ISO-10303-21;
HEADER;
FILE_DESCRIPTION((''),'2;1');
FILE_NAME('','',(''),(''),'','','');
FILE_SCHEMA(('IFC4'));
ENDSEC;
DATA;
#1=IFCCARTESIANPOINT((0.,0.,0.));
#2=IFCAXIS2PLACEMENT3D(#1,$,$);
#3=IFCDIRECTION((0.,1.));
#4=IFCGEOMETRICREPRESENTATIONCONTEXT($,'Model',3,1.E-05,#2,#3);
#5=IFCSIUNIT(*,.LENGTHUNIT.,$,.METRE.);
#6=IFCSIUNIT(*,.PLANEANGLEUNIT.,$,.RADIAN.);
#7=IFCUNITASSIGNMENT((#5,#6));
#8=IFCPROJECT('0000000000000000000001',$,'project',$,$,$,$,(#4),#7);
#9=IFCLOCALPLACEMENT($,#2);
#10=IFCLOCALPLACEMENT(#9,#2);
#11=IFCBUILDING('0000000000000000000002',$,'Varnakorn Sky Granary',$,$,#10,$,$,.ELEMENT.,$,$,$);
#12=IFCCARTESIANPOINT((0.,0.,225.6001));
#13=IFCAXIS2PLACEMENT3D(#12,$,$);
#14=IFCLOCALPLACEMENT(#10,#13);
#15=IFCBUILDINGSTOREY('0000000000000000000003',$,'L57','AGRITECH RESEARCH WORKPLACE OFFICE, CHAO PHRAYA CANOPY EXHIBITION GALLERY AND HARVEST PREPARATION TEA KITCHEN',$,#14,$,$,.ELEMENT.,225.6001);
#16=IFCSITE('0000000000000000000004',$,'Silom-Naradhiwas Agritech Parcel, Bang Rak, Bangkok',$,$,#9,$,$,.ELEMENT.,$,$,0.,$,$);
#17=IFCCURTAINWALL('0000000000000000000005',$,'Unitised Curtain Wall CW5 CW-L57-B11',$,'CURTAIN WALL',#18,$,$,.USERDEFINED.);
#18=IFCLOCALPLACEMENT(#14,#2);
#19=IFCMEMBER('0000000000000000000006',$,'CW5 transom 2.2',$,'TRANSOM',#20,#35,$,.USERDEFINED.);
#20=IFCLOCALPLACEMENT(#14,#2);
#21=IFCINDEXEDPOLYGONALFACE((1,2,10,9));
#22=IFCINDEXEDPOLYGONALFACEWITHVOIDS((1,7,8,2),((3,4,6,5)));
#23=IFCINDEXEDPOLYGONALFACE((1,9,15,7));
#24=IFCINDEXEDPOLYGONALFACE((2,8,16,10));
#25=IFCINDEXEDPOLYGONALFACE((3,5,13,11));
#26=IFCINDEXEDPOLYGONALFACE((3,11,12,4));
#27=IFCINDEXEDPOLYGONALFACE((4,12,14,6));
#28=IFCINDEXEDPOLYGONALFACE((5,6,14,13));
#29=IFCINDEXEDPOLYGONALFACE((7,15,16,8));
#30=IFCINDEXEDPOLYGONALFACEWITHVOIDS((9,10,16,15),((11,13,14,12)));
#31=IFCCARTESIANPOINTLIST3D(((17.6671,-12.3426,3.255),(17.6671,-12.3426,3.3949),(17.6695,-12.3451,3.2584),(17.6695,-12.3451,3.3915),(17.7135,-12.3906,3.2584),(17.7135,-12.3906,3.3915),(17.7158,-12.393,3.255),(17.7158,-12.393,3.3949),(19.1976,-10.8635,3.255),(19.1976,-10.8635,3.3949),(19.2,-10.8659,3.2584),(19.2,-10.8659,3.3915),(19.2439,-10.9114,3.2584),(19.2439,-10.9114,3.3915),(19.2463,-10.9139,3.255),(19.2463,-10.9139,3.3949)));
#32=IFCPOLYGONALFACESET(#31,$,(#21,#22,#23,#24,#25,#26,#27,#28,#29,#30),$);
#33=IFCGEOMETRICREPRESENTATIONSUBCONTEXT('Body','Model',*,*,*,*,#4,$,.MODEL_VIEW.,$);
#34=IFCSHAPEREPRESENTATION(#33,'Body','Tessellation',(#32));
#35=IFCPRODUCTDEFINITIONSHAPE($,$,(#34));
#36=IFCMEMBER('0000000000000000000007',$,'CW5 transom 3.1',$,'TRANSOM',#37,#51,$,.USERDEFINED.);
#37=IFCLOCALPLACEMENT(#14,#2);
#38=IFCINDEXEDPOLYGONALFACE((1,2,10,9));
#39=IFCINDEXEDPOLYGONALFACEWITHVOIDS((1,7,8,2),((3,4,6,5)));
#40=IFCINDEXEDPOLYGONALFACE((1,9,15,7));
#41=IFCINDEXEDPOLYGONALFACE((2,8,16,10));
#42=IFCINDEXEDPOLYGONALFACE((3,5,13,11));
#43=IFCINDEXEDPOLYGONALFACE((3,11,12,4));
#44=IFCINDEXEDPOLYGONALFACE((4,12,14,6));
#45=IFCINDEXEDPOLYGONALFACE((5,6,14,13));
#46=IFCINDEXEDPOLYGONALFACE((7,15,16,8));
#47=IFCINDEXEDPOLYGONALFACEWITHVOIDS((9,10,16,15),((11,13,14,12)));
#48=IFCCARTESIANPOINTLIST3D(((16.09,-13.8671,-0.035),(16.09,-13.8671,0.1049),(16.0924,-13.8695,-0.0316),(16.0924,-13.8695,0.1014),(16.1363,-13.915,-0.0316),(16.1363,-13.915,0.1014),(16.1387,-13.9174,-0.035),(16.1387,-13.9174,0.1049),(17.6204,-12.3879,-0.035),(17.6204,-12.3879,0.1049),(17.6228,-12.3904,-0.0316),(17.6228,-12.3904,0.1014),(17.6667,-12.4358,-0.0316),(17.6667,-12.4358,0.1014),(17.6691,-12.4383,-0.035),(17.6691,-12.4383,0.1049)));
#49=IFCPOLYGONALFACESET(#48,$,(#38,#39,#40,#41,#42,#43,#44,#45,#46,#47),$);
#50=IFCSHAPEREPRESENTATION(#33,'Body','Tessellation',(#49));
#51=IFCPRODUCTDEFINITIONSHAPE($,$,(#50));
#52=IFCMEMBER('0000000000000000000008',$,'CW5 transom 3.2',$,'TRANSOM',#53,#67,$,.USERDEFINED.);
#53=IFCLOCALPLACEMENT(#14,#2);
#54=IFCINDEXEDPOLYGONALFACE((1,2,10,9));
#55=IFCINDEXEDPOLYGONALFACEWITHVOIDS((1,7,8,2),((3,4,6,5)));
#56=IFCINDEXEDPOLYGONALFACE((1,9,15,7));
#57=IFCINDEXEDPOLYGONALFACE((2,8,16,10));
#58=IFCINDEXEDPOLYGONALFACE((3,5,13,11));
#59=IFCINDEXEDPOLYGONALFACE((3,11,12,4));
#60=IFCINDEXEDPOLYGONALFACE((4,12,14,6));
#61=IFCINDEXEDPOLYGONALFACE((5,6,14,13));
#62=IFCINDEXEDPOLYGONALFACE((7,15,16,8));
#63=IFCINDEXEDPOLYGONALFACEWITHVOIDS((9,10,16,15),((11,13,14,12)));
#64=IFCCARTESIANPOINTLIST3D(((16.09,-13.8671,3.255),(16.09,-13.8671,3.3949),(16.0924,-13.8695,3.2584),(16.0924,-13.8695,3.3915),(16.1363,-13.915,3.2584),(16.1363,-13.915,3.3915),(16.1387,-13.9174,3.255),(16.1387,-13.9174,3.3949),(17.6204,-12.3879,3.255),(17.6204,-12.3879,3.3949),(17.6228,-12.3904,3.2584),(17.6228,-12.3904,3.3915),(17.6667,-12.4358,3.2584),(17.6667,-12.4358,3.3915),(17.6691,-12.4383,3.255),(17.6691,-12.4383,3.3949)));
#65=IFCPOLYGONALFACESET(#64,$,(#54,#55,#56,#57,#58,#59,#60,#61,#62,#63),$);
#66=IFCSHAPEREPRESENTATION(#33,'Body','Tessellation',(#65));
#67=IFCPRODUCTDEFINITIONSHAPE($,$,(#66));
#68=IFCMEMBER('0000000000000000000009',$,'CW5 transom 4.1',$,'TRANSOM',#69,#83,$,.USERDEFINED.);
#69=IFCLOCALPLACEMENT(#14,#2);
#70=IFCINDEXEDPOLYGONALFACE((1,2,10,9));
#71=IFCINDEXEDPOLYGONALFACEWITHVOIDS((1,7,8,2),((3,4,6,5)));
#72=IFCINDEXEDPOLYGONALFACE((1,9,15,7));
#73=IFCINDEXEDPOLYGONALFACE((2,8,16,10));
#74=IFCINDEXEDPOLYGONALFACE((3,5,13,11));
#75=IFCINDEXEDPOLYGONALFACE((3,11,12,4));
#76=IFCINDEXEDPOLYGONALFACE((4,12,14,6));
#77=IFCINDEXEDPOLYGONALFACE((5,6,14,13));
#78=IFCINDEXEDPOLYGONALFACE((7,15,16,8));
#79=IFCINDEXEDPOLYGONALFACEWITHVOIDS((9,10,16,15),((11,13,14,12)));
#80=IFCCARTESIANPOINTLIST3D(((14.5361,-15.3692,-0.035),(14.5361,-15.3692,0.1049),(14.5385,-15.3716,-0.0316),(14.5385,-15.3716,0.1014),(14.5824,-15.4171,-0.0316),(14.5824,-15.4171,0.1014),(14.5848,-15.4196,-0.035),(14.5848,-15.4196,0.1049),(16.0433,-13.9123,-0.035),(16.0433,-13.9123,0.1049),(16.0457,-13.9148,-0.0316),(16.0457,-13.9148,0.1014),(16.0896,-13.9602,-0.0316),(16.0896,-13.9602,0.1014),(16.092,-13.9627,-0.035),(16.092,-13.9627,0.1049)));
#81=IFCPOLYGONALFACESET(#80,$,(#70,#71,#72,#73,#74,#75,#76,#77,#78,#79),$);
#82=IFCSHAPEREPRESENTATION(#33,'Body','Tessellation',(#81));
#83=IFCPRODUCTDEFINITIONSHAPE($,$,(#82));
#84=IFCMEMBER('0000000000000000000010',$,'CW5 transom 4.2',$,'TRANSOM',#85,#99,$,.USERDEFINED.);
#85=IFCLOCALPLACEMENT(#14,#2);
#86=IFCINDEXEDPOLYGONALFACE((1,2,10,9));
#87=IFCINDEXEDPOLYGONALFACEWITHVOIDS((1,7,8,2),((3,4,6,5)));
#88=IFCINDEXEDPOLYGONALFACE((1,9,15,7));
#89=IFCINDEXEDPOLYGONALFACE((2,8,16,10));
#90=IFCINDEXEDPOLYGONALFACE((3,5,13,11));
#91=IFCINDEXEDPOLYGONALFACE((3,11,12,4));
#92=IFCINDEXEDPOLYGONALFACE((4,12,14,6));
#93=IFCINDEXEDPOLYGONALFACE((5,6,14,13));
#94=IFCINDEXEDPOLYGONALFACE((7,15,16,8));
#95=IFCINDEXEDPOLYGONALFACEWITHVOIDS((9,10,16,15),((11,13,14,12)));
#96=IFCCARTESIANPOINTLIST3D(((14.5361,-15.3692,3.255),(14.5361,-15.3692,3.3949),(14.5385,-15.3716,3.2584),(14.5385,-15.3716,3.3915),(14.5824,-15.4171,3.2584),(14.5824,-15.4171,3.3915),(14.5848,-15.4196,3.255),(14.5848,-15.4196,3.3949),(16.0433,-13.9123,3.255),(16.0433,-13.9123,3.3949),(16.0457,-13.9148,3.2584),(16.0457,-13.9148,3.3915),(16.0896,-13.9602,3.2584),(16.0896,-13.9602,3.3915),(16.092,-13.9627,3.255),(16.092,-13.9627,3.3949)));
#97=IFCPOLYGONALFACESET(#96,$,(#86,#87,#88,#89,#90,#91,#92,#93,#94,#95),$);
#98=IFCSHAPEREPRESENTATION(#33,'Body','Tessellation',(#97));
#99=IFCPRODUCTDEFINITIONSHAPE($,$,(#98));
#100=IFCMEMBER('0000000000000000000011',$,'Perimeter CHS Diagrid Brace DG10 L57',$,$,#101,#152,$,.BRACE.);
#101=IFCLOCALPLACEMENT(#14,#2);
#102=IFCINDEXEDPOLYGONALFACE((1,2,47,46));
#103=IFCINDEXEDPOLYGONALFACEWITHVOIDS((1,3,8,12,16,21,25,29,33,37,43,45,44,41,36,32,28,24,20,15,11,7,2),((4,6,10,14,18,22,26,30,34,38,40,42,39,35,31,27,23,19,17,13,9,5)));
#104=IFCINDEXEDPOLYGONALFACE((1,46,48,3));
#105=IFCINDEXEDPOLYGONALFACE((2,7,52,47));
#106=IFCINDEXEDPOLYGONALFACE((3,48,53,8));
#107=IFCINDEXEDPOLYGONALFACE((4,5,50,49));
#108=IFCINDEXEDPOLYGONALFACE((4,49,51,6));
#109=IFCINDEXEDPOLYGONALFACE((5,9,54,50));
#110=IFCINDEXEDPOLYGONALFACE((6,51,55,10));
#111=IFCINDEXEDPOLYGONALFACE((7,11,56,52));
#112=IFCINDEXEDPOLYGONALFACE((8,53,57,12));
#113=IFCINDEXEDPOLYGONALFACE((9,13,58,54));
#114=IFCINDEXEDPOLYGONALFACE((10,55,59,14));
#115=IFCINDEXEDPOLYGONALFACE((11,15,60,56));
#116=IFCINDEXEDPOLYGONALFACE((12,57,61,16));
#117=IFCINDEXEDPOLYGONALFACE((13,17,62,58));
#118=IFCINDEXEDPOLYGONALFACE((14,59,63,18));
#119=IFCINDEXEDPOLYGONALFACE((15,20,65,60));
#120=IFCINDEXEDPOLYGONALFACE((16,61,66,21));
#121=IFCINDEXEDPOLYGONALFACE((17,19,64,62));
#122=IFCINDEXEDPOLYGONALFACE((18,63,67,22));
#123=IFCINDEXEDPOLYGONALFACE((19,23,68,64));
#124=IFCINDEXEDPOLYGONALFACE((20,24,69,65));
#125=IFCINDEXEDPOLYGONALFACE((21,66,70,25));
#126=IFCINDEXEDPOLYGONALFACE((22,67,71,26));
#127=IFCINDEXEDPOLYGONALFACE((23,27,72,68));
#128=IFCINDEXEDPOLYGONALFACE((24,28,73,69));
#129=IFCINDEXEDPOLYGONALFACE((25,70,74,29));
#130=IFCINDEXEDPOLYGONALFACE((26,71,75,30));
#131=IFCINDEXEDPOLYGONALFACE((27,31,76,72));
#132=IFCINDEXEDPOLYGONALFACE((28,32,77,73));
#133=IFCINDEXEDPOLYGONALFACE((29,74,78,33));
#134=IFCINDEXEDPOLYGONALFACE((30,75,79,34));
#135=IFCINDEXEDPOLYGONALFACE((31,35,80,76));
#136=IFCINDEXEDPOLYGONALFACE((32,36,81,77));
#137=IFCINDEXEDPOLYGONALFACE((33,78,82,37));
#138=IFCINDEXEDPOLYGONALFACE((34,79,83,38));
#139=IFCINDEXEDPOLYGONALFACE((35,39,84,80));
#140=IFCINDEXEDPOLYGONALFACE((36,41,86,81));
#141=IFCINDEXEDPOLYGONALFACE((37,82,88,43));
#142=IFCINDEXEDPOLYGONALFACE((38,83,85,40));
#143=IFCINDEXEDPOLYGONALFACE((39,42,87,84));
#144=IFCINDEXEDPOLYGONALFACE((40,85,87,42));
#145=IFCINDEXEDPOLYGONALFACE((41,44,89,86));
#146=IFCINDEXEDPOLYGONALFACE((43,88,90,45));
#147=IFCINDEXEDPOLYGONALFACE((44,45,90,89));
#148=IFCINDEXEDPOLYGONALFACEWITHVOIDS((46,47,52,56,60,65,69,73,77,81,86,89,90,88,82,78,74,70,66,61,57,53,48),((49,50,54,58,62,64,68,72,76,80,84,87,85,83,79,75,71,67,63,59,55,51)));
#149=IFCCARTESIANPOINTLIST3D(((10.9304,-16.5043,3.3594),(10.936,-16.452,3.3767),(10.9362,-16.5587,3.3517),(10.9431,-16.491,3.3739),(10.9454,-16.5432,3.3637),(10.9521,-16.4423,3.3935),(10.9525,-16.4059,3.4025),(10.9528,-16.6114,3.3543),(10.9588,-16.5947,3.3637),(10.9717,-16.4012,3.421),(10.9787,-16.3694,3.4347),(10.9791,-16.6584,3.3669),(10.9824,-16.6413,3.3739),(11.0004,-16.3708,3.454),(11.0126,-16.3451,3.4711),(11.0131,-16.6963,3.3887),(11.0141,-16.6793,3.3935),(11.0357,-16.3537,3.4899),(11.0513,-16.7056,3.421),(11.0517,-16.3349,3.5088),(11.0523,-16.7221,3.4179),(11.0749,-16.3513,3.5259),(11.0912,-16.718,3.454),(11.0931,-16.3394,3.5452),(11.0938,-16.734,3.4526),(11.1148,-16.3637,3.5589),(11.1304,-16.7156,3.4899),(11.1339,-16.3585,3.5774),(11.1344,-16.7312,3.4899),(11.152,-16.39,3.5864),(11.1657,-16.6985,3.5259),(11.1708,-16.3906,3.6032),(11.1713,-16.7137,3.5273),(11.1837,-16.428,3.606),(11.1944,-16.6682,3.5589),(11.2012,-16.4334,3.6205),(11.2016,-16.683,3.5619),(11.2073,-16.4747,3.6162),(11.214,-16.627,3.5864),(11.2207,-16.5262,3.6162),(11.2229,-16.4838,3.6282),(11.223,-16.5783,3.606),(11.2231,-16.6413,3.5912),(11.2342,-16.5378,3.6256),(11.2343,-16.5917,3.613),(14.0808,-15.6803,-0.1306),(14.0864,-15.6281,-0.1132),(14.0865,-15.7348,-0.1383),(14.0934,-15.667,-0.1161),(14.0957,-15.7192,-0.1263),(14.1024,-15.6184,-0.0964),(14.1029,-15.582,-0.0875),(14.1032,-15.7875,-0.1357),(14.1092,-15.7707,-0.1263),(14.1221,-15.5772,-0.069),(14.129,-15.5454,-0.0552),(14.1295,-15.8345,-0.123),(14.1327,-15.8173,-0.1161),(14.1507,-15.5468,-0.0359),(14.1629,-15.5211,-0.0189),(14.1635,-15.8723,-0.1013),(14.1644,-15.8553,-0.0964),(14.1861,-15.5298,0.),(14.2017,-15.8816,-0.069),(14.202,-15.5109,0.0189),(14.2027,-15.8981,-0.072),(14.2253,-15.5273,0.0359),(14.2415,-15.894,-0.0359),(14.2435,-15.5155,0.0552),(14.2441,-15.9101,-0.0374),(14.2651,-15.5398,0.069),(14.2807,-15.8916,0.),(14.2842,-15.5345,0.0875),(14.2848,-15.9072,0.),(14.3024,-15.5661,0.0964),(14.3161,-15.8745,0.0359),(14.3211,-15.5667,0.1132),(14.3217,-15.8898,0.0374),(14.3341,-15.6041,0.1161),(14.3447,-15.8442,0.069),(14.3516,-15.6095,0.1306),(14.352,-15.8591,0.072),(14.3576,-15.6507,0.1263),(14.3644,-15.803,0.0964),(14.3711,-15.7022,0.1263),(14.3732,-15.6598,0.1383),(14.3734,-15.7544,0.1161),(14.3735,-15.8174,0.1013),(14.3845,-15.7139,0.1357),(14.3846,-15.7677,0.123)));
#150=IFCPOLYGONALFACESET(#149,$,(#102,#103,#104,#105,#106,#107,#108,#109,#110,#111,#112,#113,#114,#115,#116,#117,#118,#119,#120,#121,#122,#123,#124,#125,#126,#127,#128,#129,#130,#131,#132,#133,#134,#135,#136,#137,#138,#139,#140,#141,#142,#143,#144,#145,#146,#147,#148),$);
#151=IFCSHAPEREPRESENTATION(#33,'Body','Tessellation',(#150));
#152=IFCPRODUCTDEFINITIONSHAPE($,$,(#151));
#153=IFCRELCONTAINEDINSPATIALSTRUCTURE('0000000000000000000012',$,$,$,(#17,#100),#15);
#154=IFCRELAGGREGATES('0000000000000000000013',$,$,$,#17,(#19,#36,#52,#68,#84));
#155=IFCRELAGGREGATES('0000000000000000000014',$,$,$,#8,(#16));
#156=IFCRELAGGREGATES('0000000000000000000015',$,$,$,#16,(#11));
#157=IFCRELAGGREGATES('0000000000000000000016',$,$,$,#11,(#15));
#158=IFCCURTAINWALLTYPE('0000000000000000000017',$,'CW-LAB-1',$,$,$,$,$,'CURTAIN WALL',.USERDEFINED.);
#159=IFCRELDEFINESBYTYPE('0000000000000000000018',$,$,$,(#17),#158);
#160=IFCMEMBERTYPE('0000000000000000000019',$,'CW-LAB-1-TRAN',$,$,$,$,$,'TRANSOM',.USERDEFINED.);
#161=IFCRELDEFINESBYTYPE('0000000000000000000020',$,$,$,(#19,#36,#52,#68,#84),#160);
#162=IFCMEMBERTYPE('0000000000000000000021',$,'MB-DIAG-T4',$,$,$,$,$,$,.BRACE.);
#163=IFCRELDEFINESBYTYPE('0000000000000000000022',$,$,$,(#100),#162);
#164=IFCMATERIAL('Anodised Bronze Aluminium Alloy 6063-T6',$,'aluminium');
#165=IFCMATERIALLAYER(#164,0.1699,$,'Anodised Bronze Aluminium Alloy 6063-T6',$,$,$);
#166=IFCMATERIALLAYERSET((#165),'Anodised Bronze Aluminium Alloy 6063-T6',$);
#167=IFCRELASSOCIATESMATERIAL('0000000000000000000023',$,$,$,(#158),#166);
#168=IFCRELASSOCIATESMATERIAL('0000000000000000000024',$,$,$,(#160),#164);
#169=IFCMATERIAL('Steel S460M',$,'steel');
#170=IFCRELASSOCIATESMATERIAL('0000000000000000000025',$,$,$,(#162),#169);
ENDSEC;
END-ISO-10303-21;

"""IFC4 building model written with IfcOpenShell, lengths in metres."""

from ifc_helpers import new_model, si_unit, direction, frame, origin, origin_2d, place, context, subcontext, project, spatial, hollow_rectangle, hollow_circle, extrude, material, layer, layer_set, material_profile, profile_set, type_object, element, aggregate, save


model = new_model("IFC4")

# Units and contexts
model_context = context("Model", 3, precision=1e-05, world=origin(), true_north=direction((0.0, 1.0)))
body_context = subcontext(model_context, "Body", "Model", "MODEL_VIEW")
ifc_project = project(units=[si_unit("LENGTHUNIT", "METRE"), si_unit("PLANEANGLEUNIT", "RADIAN")], contexts=[model_context])

# Site, building, storey
site_placement = place(None, origin())
site = spatial("IfcSite", under=ifc_project, at=site_placement, Name="Silom-Naradhiwas Agritech Parcel, Bang Rak, Bangkok", CompositionType="ELEMENT", RefElevation=0.0)
building_placement = place(site_placement, origin())
building = spatial("IfcBuilding", under=site, at=building_placement, Name="Varnakorn Sky Granary", CompositionType="ELEMENT")
storey_placement = place(building_placement, frame((0.0, 0.0, 225.6001)))
storey = spatial("IfcBuildingStorey", under=building, at=storey_placement, Name="L57", Description="AGRITECH RESEARCH WORKPLACE OFFICE, CHAO PHRAYA CANOPY EXHIBITION GALLERY AND HARVEST PREPARATION TEA KITCHEN", CompositionType="ELEMENT", Elevation=225.6001)

# Shared definitions
ifc_material_1 = material(Name="Steel S460M", Category="steel")

# Curtain wall, members
ifc_material_2 = material(Name="Anodised Bronze Aluminium Alloy 6063-T6", Category="aluminium")
ifc_layer_1 = layer(ifc_material_2, 0.1699, Name="Anodised Bronze Aluminium Alloy 6063-T6")
ifc_layer_set_1 = layer_set([ifc_layer_1], Name="Anodised Bronze Aluminium Alloy 6063-T6")
curtain_wall_type = type_object("IfcCurtainWallType", Name="CW-LAB-1", ElementType="CURTAIN WALL", PredefinedType="USERDEFINED", material=ifc_layer_set_1)
curtain_wall_placement = place(storey_placement, origin())
curtain_wall = element("IfcCurtainWall", 1, at=curtain_wall_placement, inside=storey, type_object=curtain_wall_type, Name="Unitised Curtain Wall CW5 CW-L57-B11", ObjectType="CURTAIN WALL", PredefinedType="USERDEFINED")
ifc_material_profile_1 = material_profile(ifc_material_2, hollow_rectangle(XDim=0.0701, YDim=0.1399, WallThickness=0.0034, at=origin_2d()), Name="ALU TRAN 70x140")
ifc_profile_set_1 = profile_set([ifc_material_profile_1], Name="Anodised Bronze Aluminium Alloy 6063-T6")
member_type_1 = type_object("IfcMemberType", Name="CW-LAB-1-TRAN", ElementType="TRANSOM", PredefinedType="USERDEFINED", material=ifc_profile_set_1)
member_1_placement = place(storey_placement, frame((19.2219, -10.8887, 3.325), z_axis=(-0.719048, -0.694961, 0.0), x_axis=(0.694961, -0.719048, 0.0)))
member_1 = element("IfcMember", 2, at=member_1_placement, type_object=member_type_1, Name="CW5 transom 2.2", ObjectType="TRANSOM", PredefinedType="USERDEFINED", context=body_context, shape_type="SweptSolid", body=[
    extrude(hollow_rectangle(XDim=0.0701, YDim=0.1399, WallThickness=0.0034, at=origin_2d()), origin(), (0.0, 0.0, 1.0), 2.1284),
])
member_2_placement = place(storey_placement, frame((17.6448, -12.4131, 0.0349), z_axis=(-0.719048, -0.694961, 0.0), x_axis=(0.694961, -0.719048, 0.0)))
member_2 = element("IfcMember", 3, at=member_2_placement, type_object=member_type_1, Name="CW5 transom 3.1", ObjectType="TRANSOM", PredefinedType="USERDEFINED", context=body_context, shape_type="SweptSolid", body=[
    extrude(hollow_rectangle(XDim=0.0701, YDim=0.1399, WallThickness=0.0034, at=origin_2d()), origin(), (0.0, 0.0, 1.0), 2.1284),
])
member_3_placement = place(storey_placement, frame((17.6448, -12.4131, 3.325), z_axis=(-0.719048, -0.694961, 0.0), x_axis=(0.694961, -0.719048, 0.0)))
member_3 = element("IfcMember", 4, at=member_3_placement, type_object=member_type_1, Name="CW5 transom 3.2", ObjectType="TRANSOM", PredefinedType="USERDEFINED", context=body_context, shape_type="SweptSolid", body=[
    extrude(hollow_rectangle(XDim=0.0701, YDim=0.1399, WallThickness=0.0034, at=origin_2d()), origin(), (0.0, 0.0, 1.0), 2.1284),
])
member_4_placement = place(storey_placement, frame((16.0676, -13.9375, 0.0349), z_axis=(-0.719002, -0.695008, 0.0), x_axis=(0.695008, -0.719002, 0.0)))
member_4 = element("IfcMember", 5, at=member_4_placement, type_object=member_type_1, Name="CW5 transom 4.1", ObjectType="TRANSOM", PredefinedType="USERDEFINED", context=body_context, shape_type="SweptSolid", body=[
    extrude(hollow_rectangle(XDim=0.0701, YDim=0.1399, WallThickness=0.0034, at=origin_2d()), origin(), (0.0, 0.0, 1.0), 2.0962),
])
member_5_placement = place(storey_placement, frame((16.0676, -13.9375, 3.325), z_axis=(-0.719002, -0.695008, 0.0), x_axis=(0.695008, -0.719002, 0.0)))
member_5 = element("IfcMember", 6, at=member_5_placement, type_object=member_type_1, Name="CW5 transom 4.2", ObjectType="TRANSOM", PredefinedType="USERDEFINED", context=body_context, shape_type="SweptSolid", body=[
    extrude(hollow_rectangle(XDim=0.0701, YDim=0.1399, WallThickness=0.0034, at=origin_2d()), origin(), (0.0, 0.0, 1.0), 2.0962),
])

# Member
ifc_material_profile_2 = material_profile(ifc_material_1, hollow_circle(Radius=0.2031, WallThickness=0.0161, at=origin_2d()), Name="CHS 406.4x16")
ifc_profile_set_2 = profile_set([ifc_material_profile_2], Name="Steel S460M")
member_type_2 = type_object("IfcMemberType", Name="MB-DIAG-T4", PredefinedType="BRACE", material=ifc_profile_set_2)
member_6_placement = place(storey_placement, frame((14.2334, -15.7107, 0.0), z_axis=(-0.660009, -0.172623, 0.731156), x_axis=(0.253035, -0.967457, 0.0)))
element("IfcMember", 7, at=member_6_placement, inside=storey, type_object=member_type_2, Name="Perimeter CHS Diagrid Brace DG10 L57", PredefinedType="BRACE", context=body_context, shape_type="SweptSolid", body=[
    extrude(hollow_circle(Radius=0.2031, WallThickness=0.0161, at=origin_2d()), origin(), (0.0, 0.0, 1.0), 4.7732),
])

aggregate(curtain_wall, [member_1, member_2, member_3, member_4, member_5])

save(model, "model.ifc")
